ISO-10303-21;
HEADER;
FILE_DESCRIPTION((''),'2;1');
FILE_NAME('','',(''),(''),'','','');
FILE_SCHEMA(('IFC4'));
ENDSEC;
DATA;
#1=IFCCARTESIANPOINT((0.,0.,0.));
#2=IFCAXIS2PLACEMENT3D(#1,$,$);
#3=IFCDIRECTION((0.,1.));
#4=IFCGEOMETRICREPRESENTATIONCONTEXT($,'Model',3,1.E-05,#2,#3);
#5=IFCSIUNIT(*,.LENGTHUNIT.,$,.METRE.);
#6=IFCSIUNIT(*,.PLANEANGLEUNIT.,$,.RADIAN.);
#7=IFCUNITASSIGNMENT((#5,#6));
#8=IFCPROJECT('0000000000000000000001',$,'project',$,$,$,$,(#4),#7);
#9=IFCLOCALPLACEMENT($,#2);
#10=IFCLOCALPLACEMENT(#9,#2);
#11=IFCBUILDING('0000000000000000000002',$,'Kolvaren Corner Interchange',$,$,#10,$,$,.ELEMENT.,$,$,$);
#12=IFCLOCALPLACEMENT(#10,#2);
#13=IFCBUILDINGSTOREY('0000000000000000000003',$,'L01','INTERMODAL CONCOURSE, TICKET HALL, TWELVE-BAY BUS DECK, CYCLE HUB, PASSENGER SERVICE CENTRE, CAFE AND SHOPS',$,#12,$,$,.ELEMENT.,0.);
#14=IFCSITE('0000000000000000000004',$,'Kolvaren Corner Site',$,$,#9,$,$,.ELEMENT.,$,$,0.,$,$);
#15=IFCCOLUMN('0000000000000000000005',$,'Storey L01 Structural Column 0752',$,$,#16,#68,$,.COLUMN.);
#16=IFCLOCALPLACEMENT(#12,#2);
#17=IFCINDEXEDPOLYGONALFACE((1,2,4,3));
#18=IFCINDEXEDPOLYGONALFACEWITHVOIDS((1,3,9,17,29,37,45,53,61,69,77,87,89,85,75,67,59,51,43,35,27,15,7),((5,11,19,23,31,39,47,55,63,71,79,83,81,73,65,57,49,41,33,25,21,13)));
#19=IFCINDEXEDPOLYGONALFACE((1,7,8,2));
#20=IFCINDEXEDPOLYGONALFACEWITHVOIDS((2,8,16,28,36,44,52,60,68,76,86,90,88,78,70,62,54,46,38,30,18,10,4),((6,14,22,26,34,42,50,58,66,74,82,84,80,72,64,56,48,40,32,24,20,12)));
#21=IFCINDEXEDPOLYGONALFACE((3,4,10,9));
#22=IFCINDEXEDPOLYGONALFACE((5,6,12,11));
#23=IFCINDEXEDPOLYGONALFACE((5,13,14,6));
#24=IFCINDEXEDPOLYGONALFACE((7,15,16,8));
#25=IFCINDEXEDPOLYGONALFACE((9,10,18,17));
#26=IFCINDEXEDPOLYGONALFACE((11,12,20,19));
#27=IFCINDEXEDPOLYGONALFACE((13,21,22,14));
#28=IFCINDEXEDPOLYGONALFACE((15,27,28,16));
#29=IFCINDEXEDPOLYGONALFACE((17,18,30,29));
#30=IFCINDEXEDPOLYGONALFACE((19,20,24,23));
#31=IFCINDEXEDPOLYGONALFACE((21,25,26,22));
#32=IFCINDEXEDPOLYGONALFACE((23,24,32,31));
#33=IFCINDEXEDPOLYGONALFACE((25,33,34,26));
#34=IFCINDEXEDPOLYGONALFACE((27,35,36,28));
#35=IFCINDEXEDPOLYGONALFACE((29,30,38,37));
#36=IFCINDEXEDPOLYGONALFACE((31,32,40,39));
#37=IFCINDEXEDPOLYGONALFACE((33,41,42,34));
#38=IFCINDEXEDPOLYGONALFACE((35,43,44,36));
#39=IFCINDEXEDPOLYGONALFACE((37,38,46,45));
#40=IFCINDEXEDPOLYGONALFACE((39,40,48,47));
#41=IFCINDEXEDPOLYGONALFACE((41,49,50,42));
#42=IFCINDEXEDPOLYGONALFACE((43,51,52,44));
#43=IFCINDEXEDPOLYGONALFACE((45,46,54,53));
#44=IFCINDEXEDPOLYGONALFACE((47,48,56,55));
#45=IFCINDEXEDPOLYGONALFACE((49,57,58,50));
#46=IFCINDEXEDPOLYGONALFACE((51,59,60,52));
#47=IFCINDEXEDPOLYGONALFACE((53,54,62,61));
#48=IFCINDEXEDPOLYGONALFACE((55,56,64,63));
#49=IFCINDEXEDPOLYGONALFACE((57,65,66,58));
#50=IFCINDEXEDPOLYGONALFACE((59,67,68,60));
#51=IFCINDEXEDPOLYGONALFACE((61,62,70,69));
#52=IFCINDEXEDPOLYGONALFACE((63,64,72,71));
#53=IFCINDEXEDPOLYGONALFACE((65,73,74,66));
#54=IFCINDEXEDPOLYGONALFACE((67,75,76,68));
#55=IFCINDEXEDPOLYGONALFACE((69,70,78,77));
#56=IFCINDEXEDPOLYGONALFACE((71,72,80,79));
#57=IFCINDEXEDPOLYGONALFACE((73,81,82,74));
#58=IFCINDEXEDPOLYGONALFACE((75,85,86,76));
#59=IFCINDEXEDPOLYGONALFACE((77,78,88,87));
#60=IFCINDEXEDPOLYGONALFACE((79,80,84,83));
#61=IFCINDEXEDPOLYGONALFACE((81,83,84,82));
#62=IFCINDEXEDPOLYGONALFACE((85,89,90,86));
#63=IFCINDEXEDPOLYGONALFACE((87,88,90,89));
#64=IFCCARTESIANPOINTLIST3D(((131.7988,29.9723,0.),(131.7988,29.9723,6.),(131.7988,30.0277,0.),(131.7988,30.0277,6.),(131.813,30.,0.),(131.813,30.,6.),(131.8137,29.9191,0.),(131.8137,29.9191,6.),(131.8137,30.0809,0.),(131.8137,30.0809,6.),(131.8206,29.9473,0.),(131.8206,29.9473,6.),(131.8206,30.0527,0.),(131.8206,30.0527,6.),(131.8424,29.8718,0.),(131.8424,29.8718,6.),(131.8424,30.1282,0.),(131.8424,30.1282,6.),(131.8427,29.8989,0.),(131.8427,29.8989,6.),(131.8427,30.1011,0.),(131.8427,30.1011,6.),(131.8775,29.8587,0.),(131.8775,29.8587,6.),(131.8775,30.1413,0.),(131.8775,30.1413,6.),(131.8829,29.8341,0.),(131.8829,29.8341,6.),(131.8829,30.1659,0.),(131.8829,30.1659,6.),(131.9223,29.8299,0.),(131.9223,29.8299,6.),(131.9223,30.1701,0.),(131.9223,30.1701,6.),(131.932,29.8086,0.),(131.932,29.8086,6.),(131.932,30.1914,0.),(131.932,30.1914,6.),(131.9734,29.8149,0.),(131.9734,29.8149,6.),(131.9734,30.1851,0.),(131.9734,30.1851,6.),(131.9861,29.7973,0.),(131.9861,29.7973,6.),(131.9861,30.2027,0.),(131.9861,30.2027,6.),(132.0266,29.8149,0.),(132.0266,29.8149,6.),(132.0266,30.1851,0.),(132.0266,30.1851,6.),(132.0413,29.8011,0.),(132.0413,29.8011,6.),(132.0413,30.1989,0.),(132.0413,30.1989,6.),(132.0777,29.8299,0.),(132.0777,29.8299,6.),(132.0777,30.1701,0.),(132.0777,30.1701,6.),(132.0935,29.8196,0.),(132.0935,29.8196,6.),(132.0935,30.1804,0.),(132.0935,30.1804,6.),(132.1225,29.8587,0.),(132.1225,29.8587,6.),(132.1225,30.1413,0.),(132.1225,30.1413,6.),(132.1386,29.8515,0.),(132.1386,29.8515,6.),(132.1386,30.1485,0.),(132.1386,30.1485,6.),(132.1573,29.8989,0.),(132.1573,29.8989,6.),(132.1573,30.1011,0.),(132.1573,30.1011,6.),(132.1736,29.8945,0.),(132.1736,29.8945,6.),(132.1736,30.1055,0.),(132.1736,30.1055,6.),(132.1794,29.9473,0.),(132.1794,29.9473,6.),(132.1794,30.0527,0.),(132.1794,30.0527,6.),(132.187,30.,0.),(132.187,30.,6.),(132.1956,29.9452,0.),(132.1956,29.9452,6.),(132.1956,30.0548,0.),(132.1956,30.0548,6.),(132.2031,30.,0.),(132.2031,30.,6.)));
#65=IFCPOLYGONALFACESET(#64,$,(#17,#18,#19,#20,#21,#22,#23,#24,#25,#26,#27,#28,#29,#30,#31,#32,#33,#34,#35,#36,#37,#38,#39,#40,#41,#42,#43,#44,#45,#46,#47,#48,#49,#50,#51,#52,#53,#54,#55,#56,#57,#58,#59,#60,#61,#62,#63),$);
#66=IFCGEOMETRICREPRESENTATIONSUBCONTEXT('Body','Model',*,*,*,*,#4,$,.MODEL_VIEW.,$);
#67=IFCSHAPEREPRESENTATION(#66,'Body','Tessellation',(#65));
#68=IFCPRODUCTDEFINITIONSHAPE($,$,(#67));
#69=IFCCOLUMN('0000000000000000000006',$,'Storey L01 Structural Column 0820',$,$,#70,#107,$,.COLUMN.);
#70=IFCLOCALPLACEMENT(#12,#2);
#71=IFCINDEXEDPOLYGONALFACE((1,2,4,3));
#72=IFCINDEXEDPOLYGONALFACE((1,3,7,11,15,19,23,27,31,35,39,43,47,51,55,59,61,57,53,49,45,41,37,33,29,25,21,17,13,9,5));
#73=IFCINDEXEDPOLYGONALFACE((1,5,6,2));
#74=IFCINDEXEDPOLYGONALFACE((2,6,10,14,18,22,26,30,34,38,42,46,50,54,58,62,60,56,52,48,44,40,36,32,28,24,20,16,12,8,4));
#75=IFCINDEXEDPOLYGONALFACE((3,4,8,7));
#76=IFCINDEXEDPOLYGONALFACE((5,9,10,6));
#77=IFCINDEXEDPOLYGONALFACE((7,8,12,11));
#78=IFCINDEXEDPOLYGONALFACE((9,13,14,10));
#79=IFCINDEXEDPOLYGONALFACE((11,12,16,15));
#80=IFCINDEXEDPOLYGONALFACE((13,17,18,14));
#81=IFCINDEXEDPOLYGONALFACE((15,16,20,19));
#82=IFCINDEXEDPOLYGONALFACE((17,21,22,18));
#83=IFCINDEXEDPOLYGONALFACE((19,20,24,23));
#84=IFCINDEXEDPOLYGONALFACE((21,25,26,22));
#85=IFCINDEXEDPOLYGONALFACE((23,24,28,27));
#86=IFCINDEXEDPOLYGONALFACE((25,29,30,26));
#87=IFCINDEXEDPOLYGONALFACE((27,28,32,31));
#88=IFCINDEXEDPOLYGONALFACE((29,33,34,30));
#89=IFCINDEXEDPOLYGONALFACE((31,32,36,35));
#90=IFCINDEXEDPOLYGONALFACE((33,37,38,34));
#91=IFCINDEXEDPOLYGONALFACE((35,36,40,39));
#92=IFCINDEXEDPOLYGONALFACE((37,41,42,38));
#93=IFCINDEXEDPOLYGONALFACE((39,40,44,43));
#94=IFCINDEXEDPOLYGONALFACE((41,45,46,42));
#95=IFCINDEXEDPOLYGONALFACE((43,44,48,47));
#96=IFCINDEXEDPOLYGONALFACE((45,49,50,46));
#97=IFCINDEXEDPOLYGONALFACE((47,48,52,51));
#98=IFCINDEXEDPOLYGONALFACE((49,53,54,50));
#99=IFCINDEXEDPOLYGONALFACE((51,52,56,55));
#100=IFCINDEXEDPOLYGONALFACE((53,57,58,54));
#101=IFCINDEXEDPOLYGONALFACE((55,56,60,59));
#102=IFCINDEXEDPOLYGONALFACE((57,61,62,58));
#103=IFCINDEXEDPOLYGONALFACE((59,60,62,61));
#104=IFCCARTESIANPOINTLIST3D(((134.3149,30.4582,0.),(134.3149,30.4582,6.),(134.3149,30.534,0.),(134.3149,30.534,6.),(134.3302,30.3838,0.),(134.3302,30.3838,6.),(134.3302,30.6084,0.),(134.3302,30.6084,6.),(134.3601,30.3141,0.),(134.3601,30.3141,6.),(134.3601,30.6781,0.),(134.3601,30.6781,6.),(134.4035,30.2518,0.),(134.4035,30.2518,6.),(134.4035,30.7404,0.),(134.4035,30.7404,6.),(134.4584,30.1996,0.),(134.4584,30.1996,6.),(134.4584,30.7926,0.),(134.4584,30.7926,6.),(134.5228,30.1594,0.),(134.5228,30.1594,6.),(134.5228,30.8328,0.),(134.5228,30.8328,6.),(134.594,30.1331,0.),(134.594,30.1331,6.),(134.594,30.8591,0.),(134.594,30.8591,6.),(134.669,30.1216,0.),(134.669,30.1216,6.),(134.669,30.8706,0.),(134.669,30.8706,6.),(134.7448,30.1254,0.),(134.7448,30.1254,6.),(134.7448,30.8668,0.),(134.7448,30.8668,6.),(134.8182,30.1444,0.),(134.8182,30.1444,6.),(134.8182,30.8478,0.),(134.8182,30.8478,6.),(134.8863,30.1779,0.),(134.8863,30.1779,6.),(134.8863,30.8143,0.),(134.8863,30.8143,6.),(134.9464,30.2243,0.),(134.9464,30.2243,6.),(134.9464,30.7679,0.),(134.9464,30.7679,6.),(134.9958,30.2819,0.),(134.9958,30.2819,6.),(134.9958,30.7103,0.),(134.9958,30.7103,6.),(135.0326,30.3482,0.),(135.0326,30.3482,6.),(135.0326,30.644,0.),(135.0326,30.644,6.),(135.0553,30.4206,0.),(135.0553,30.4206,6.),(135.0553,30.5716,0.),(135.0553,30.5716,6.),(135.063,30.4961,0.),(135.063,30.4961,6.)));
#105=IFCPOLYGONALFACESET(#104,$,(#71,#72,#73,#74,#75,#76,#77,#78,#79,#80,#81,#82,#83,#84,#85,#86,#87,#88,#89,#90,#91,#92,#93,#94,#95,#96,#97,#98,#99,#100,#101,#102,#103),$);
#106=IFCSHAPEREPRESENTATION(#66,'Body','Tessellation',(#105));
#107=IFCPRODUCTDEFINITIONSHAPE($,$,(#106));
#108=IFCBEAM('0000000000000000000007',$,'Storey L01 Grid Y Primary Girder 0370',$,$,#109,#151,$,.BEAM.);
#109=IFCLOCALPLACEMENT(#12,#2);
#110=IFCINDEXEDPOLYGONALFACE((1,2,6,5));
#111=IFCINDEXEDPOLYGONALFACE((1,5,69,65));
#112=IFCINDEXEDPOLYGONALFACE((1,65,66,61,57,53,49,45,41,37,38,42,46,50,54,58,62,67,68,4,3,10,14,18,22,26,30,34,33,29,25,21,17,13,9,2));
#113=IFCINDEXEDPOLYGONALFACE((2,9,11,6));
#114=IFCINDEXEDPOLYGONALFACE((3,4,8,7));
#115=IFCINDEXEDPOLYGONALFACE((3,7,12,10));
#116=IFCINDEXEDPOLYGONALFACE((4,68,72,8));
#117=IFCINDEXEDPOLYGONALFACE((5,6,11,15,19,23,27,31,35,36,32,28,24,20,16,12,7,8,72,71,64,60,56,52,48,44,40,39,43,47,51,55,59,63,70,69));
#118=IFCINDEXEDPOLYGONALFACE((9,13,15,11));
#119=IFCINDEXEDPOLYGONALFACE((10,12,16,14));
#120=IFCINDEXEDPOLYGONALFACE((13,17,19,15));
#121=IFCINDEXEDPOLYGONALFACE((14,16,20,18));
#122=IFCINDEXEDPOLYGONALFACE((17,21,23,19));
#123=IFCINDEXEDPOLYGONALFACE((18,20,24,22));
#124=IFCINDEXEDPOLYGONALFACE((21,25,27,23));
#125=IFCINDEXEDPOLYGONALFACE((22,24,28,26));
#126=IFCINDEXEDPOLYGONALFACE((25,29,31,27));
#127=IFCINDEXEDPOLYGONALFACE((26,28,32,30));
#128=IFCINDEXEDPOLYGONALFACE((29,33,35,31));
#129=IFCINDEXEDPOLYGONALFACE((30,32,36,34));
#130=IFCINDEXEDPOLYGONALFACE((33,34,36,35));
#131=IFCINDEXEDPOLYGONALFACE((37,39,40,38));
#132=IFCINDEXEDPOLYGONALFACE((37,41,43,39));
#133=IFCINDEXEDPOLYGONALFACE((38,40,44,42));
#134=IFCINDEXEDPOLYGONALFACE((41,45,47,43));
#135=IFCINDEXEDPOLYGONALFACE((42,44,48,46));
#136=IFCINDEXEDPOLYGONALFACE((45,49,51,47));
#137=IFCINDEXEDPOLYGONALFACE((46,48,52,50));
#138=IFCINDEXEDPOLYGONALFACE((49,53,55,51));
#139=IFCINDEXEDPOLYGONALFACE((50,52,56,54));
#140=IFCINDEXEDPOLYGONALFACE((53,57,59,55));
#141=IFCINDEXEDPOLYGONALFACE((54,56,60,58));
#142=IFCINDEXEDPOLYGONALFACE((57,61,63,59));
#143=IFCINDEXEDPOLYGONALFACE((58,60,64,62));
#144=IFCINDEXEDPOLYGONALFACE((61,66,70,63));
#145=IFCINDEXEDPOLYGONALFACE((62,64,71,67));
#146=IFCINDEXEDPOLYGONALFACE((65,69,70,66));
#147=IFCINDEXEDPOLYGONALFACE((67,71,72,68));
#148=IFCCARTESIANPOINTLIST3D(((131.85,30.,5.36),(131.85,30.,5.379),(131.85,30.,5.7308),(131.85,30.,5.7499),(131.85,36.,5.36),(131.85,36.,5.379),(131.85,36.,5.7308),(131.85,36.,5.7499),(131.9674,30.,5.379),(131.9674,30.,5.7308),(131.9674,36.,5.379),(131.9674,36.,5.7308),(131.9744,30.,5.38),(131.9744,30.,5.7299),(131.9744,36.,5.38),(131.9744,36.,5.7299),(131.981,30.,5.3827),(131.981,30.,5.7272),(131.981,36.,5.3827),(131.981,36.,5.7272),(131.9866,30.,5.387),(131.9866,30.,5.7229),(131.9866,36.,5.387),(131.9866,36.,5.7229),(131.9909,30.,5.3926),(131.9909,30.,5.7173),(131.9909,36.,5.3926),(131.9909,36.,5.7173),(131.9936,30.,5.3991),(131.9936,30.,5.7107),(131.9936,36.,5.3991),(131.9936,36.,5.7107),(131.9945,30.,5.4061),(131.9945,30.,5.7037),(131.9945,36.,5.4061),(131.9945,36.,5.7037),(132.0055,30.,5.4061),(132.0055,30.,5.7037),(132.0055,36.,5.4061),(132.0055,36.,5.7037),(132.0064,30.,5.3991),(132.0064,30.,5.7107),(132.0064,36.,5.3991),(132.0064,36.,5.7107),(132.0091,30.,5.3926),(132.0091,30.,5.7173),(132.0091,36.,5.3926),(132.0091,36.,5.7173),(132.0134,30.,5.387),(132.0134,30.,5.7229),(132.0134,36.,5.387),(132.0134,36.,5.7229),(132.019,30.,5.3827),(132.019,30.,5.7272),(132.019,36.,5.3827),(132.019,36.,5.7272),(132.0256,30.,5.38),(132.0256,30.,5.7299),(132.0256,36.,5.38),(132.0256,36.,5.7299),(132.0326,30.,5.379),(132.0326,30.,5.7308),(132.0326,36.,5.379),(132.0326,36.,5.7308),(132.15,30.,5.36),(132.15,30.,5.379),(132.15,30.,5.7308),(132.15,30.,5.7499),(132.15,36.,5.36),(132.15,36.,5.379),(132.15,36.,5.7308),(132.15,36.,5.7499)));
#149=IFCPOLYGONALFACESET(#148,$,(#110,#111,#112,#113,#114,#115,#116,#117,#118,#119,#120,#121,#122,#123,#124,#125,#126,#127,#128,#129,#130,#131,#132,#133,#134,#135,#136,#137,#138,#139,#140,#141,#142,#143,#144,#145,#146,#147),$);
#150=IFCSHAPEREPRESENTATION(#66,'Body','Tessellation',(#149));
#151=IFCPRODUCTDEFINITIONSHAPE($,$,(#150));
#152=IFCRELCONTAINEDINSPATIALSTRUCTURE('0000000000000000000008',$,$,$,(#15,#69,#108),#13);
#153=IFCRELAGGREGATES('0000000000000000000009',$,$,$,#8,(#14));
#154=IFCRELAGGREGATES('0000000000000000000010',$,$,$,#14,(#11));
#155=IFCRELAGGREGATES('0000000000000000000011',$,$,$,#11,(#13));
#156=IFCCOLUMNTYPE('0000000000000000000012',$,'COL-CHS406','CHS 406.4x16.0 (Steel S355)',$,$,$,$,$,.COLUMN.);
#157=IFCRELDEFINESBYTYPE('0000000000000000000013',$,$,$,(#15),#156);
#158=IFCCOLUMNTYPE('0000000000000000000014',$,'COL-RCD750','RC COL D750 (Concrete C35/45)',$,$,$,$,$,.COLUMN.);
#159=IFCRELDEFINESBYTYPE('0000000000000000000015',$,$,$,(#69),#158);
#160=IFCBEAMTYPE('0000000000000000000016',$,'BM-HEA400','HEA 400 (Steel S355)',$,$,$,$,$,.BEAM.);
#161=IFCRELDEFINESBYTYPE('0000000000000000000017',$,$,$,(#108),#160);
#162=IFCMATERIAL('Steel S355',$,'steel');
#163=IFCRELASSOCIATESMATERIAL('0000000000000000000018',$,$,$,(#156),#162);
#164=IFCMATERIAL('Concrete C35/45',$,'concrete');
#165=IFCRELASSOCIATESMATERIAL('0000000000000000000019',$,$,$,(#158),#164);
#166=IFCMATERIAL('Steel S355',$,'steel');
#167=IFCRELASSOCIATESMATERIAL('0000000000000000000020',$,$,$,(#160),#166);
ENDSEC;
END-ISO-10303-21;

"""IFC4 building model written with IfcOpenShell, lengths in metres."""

from ifc_helpers import new_model, si_unit, direction, frame, origin, origin_2d, place, context, subcontext, project, spatial, circle, hollow_circle, i_section, extrude, material, material_profile, profile_set, type_object, element, save


model = new_model("IFC4")

# Units and contexts
model_context = context("Model", 3, precision=1e-05, world=origin(), true_north=direction((0.0, 1.0)))
body_context = subcontext(model_context, "Body", "Model", "MODEL_VIEW")
ifc_project = project(units=[si_unit("LENGTHUNIT", "METRE"), si_unit("PLANEANGLEUNIT", "RADIAN")], contexts=[model_context])

# Site, building, storey
site_placement = place(None, origin())
site = spatial("IfcSite", under=ifc_project, at=site_placement, Name="Kolvaren Corner Site", CompositionType="ELEMENT", RefElevation=0.0)
building_placement = place(site_placement, origin())
building = spatial("IfcBuilding", under=site, at=building_placement, Name="Kolvaren Corner Interchange", CompositionType="ELEMENT")
storey_placement = place(building_placement, origin())
storey = spatial("IfcBuildingStorey", under=building, at=storey_placement, Name="L01", Description="INTERMODAL CONCOURSE, TICKET HALL, TWELVE-BAY BUS DECK, CYCLE HUB, PASSENGER SERVICE CENTRE, CAFE AND SHOPS", CompositionType="ELEMENT", Elevation=0.0)

# Columns
ifc_material_1 = material(Name="Steel S355", Category="steel")
ifc_material_profile_1 = material_profile(ifc_material_1, hollow_circle(Radius=0.2031, WallThickness=0.0161, at=origin_2d()), Name="CHS 406.4x16.0")
ifc_profile_set_1 = profile_set([ifc_material_profile_1], Name="Steel S355")
column_type_1 = type_object("IfcColumnType", Name="COL-CHS406", Description="CHS 406.4x16.0 (Steel S355)", PredefinedType="COLUMN", material=ifc_profile_set_1)
column_1_placement = place(storey_placement, frame((132.0, 30.0, 0.0), z_axis=(0.0, 0.0, 1.0), x_axis=(1.0, 0.0, 0.0)))
element("IfcColumn", 1, at=column_1_placement, inside=storey, type_object=column_type_1, Name="Storey L01 Structural Column 0752", PredefinedType="COLUMN", context=body_context, shape_type="SweptSolid", body=[
    extrude(hollow_circle(Radius=0.2031, WallThickness=0.0161, at=origin_2d()), origin(), (0.0, 0.0, 1.0), 6.0),
])
ifc_material_2 = material(Name="Concrete C35/45", Category="concrete")
ifc_material_profile_2 = material_profile(ifc_material_2, circle(Radius=0.375, at=origin_2d()), Name="RC COL D750")
ifc_profile_set_2 = profile_set([ifc_material_profile_2], Name="Concrete C35/45")
column_type_2 = type_object("IfcColumnType", Name="COL-RCD750", Description="RC COL D750 (Concrete C35/45)", PredefinedType="COLUMN", material=ifc_profile_set_2)
column_2_placement = place(storey_placement, frame((134.688, 30.4961, 0.0), z_axis=(0.0, 0.0, 1.0), x_axis=(1.0, 0.0, 0.0)))
element("IfcColumn", 2, at=column_2_placement, inside=storey, type_object=column_type_2, Name="Storey L01 Structural Column 0820", PredefinedType="COLUMN", context=body_context, shape_type="SweptSolid", body=[
    extrude(circle(Radius=0.375, at=origin_2d()), origin(), (0.0, 0.0, 1.0), 6.0),
])

# Beam
ifc_material_3 = material(Name="Steel S355", Category="steel")
ifc_material_profile_3 = material_profile(ifc_material_3, i_section(OverallWidth=0.3, OverallDepth=0.3899, WebThickness=0.011, FlangeThickness=0.019, FilletRadius=0.0271, at=origin_2d()), Name="HEA 400")
ifc_profile_set_3 = profile_set([ifc_material_profile_3], Name="Steel S355")
beam_type_1 = type_object("IfcBeamType", Name="BM-HEA400", Description="HEA 400 (Steel S355)", PredefinedType="BEAM", material=ifc_profile_set_3)
beam_placement = place(storey_placement, frame((132.0, 30.0, 5.5549), z_axis=(0.0, 1.0, 0.0), x_axis=(-1.0, 0.0, 0.0)))
element("IfcBeam", 3, at=beam_placement, inside=storey, type_object=beam_type_1, Name="Storey L01 Grid Y Primary Girder 0370", PredefinedType="BEAM", context=body_context, shape_type="SweptSolid", body=[
    extrude(i_section(OverallWidth=0.3, OverallDepth=0.3899, WebThickness=0.011, FlangeThickness=0.019, FilletRadius=0.0271, at=origin_2d()), origin(), (0.0, 0.0, 1.0), 6.0),
])

save(model, "model.ifc")
